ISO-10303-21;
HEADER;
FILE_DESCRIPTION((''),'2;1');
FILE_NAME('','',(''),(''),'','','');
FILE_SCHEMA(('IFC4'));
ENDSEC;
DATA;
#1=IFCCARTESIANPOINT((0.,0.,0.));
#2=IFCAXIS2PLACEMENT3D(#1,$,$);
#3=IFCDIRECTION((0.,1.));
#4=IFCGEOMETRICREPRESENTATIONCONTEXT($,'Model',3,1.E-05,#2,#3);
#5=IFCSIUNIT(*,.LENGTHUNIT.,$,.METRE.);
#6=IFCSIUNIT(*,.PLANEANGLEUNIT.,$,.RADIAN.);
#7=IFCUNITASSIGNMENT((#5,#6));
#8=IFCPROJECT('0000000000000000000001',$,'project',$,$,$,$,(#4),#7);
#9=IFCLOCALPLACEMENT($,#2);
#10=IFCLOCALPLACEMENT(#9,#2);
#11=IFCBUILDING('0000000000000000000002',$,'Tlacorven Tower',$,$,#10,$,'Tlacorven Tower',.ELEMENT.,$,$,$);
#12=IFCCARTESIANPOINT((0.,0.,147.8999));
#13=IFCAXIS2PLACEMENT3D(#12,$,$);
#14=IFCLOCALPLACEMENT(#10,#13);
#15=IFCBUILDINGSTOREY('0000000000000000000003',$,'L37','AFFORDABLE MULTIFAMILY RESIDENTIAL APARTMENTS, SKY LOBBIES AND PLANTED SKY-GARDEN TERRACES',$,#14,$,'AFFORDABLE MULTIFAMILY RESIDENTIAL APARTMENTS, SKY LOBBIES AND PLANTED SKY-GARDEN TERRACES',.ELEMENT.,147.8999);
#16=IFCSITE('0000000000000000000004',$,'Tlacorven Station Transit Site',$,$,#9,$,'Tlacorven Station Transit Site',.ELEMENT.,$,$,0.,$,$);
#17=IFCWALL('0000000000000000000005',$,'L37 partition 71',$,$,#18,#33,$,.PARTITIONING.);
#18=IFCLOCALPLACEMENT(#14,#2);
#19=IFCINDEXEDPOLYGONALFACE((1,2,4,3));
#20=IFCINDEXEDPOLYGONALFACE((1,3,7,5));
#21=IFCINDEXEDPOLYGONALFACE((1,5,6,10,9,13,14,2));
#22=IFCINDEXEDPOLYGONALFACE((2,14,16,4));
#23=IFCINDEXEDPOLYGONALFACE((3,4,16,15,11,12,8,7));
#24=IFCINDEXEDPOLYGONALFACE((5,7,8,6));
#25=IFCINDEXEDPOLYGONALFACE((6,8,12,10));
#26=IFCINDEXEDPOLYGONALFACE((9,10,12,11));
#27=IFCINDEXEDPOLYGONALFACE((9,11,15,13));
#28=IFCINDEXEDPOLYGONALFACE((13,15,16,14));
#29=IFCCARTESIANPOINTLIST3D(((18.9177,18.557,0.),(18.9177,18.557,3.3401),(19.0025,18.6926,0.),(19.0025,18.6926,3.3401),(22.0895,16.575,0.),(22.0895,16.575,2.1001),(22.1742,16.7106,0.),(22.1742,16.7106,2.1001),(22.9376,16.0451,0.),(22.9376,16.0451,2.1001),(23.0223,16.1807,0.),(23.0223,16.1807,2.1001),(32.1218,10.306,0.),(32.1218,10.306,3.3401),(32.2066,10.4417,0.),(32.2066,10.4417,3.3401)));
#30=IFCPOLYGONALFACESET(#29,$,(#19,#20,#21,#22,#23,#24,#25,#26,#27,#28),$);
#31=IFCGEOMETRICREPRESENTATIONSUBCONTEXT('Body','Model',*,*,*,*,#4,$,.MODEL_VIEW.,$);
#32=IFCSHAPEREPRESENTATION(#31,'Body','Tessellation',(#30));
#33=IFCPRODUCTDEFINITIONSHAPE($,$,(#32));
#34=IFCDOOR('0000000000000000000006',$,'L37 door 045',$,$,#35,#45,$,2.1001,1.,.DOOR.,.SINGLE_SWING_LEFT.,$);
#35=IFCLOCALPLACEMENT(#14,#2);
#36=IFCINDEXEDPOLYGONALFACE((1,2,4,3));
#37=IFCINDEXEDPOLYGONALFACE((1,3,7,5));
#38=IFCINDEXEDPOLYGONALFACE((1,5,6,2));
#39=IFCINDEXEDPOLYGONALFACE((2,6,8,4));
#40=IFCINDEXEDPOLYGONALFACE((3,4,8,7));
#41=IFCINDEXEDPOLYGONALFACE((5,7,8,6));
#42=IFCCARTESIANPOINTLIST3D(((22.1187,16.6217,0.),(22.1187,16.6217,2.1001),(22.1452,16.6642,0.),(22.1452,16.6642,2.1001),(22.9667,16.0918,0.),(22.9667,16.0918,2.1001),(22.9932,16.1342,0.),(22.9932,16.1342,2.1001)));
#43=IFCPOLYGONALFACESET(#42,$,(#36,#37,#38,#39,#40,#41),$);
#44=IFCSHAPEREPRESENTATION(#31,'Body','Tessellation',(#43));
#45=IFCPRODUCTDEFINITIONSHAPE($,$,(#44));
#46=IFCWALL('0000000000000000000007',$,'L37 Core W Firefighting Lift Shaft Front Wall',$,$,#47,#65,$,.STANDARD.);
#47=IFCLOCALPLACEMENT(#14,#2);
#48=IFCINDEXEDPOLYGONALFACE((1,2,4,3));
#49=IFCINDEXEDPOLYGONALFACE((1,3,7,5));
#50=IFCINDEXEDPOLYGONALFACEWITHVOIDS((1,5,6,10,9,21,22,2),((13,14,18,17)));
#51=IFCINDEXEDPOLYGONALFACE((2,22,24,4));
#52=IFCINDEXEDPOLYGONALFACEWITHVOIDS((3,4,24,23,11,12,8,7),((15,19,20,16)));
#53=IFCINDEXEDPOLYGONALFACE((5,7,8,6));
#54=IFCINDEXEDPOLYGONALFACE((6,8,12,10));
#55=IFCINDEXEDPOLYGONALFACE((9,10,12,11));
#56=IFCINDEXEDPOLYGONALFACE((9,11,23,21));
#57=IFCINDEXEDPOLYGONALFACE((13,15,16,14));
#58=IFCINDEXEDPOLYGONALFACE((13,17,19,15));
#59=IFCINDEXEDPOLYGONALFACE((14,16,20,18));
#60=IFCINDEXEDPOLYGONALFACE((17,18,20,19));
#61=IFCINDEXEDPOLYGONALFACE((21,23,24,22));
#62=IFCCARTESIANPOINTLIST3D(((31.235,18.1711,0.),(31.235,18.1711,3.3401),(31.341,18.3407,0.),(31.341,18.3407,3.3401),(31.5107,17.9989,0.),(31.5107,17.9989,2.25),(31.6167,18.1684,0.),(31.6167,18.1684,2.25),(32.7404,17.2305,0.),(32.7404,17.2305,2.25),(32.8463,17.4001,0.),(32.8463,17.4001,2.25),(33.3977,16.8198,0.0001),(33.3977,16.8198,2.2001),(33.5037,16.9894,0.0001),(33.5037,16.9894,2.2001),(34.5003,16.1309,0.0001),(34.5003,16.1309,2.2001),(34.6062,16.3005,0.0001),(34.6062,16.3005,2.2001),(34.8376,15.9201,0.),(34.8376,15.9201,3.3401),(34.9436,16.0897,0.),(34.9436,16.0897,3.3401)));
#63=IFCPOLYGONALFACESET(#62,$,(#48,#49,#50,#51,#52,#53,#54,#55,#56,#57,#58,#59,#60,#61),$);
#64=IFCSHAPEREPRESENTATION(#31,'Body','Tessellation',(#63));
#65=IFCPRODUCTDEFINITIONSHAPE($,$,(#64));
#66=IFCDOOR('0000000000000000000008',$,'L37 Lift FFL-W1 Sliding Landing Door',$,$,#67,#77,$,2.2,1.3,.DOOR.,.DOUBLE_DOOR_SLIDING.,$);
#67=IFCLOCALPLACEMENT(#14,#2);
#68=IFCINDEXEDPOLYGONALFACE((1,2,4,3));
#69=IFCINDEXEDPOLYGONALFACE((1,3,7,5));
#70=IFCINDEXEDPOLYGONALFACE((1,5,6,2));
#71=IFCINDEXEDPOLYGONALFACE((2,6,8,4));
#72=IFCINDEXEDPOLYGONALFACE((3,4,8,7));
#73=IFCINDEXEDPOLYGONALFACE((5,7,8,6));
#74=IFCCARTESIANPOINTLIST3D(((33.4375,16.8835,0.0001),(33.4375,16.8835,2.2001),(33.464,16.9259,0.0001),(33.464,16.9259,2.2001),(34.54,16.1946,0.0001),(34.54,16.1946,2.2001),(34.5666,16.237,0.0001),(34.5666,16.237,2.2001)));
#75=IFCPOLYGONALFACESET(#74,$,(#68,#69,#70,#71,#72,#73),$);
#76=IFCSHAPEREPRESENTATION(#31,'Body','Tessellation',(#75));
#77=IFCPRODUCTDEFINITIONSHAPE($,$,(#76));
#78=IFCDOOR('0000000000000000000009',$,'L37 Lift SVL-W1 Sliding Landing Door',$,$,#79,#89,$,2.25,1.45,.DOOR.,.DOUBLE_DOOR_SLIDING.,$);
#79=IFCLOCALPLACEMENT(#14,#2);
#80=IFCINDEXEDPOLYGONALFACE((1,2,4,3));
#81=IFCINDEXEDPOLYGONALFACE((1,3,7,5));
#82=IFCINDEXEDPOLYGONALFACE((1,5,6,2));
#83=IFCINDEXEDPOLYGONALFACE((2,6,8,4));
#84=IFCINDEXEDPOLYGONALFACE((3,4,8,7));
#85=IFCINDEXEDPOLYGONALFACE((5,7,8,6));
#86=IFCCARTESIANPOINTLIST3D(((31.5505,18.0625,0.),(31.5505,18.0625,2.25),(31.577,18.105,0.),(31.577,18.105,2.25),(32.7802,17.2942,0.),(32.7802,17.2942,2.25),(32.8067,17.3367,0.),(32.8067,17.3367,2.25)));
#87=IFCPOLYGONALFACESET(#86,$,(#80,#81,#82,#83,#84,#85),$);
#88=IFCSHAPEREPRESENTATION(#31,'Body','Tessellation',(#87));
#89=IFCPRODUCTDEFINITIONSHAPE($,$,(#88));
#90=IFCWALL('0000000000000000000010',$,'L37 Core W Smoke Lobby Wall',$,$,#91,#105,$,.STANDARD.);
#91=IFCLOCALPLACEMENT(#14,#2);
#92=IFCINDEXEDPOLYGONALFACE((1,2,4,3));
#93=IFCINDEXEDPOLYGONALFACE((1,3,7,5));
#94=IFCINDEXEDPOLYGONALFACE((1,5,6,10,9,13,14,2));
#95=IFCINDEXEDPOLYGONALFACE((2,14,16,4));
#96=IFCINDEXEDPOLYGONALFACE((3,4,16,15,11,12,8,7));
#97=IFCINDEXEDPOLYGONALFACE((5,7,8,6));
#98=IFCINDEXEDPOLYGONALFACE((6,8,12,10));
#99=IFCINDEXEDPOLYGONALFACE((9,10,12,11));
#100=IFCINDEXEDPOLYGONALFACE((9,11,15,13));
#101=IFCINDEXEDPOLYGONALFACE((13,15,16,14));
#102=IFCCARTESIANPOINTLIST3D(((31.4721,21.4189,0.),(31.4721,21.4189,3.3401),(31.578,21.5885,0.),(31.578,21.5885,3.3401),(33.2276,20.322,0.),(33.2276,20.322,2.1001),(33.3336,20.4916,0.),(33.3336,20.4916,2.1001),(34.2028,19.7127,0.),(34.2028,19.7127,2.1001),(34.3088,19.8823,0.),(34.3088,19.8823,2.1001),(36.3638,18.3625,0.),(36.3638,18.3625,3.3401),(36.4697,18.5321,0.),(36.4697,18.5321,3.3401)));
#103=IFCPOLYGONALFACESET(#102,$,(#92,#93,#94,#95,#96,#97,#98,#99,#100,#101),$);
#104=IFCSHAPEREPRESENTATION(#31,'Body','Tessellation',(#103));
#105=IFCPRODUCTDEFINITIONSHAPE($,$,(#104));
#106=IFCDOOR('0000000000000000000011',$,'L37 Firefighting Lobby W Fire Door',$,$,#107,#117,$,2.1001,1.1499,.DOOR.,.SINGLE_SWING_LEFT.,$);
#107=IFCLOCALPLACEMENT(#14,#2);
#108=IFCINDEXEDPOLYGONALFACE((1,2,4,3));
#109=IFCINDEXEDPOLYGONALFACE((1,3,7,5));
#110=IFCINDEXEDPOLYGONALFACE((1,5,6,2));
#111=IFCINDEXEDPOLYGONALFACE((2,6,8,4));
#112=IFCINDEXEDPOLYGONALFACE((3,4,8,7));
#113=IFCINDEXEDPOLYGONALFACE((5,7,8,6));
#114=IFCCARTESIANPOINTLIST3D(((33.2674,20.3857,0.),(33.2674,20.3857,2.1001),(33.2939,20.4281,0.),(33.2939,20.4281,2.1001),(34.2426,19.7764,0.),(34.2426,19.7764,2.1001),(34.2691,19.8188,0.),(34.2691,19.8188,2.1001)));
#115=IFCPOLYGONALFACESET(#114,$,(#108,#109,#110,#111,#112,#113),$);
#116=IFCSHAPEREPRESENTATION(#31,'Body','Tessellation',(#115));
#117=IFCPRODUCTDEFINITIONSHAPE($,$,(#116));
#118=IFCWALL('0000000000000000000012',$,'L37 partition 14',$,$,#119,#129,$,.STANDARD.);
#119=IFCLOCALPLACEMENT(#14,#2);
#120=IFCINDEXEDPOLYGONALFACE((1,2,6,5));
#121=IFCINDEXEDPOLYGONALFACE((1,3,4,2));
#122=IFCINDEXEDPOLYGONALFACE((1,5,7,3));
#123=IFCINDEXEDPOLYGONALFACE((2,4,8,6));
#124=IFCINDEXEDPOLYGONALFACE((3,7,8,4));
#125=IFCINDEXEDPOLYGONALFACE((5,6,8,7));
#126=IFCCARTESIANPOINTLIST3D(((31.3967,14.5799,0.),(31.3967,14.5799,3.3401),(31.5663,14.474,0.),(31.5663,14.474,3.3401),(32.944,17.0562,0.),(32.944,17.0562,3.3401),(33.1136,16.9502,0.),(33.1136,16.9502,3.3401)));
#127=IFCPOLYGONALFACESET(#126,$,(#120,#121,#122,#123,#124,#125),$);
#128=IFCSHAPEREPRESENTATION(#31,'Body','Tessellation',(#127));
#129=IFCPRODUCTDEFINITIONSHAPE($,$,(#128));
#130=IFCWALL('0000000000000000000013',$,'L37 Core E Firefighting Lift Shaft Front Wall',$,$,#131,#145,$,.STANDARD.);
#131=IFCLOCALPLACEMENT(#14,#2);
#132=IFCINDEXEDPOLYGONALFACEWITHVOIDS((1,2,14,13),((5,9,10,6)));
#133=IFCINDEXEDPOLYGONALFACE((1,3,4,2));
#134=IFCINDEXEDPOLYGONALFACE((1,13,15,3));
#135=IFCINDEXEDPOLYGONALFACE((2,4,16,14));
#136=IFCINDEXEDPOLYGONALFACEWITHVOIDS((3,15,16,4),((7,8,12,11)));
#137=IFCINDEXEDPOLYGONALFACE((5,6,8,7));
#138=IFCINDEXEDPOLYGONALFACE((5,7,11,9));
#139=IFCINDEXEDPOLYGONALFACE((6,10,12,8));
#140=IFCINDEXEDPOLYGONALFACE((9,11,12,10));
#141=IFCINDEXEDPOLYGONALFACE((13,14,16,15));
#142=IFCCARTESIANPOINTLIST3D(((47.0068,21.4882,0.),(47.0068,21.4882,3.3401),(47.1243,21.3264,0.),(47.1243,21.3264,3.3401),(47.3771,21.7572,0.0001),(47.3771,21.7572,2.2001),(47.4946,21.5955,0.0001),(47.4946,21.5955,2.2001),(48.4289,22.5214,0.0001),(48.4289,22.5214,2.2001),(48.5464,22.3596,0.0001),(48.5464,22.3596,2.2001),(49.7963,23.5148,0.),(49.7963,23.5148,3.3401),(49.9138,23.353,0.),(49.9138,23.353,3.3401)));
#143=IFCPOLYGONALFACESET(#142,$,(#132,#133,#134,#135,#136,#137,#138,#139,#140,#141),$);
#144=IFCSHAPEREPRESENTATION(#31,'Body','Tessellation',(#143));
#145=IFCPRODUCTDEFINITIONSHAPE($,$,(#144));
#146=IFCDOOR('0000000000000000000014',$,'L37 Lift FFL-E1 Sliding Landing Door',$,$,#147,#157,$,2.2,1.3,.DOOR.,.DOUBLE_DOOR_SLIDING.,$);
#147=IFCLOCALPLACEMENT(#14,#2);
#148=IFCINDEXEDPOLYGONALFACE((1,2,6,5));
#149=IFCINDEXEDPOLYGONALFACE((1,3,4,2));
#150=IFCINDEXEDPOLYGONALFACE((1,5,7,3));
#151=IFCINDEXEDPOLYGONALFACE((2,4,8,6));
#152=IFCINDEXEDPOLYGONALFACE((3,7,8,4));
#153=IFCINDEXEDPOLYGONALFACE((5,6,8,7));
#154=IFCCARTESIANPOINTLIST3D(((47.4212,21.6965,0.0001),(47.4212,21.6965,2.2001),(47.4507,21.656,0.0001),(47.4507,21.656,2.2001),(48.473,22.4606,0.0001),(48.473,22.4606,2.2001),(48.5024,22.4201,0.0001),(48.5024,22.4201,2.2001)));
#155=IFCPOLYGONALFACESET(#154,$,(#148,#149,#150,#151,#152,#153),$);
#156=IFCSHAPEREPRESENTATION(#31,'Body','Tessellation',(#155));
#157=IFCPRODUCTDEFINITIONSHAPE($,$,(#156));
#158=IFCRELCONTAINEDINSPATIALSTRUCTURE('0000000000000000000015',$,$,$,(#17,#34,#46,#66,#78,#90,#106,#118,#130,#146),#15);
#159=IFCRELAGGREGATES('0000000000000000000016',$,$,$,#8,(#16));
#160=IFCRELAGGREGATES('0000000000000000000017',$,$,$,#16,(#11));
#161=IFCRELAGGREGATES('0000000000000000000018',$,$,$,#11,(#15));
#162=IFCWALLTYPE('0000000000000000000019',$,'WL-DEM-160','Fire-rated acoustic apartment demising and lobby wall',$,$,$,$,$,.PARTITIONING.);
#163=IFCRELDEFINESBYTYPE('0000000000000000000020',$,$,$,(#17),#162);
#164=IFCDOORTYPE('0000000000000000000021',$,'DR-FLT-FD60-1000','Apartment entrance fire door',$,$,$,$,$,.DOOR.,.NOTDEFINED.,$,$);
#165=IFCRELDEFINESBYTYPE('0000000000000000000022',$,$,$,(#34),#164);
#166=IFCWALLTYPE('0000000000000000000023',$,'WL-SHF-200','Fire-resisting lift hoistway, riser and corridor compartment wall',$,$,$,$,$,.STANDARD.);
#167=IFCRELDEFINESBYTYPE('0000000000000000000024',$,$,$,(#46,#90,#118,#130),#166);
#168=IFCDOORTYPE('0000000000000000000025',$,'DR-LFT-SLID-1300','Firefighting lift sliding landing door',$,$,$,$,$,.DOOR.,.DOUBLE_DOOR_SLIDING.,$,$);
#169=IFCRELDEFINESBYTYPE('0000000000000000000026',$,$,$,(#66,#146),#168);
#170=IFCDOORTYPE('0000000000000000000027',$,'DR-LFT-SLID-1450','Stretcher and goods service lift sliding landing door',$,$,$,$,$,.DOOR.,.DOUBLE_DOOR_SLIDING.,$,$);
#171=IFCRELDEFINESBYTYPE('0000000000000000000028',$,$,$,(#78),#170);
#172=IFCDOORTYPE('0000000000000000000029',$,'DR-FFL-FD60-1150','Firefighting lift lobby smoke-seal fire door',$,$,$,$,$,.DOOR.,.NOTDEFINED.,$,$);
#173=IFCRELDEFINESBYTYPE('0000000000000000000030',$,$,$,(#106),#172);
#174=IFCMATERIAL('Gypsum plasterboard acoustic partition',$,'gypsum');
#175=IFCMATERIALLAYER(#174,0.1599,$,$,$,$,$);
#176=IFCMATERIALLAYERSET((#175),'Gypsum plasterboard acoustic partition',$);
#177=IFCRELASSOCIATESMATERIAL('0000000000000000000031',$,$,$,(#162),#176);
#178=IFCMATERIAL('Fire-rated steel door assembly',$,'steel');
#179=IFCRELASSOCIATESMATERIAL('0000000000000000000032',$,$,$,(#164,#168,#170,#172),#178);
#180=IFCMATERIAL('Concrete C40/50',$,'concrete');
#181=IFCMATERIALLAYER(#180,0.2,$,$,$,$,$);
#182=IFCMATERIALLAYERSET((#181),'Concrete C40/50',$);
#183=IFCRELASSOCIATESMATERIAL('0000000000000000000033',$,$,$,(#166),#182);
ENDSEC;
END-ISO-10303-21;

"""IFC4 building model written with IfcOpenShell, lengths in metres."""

from ifc_helpers import new_model, si_unit, direction, frame, frame_2d, origin, place, context, subcontext, project, spatial, rectangle, extrude, source, transform, mapped, material, layer, layer_set, type_object, element, fill, save


model = new_model("IFC4")

# Units and contexts
model_context = context("Model", 3, precision=1e-05, world=origin(), true_north=direction((0.0, 1.0)))
body_context = subcontext(model_context, "Body", "Model", "MODEL_VIEW")
ifc_project = project(units=[si_unit("LENGTHUNIT", "METRE"), si_unit("PLANEANGLEUNIT", "RADIAN")], contexts=[model_context])

# Site, building, storey
site_placement = place(None, origin())
site = spatial("IfcSite", under=ifc_project, at=site_placement, Name="Tlacorven Station Transit Site", LongName="Tlacorven Station Transit Site", CompositionType="ELEMENT", RefElevation=0.0)
building_placement = place(site_placement, origin())
building = spatial("IfcBuilding", under=site, at=building_placement, Name="Tlacorven Tower", LongName="Tlacorven Tower", CompositionType="ELEMENT")
storey_placement = place(building_placement, frame((0.0, 0.0, 147.8999)))
storey = spatial("IfcBuildingStorey", under=building, at=storey_placement, Name="L37", Description="AFFORDABLE MULTIFAMILY RESIDENTIAL APARTMENTS, SKY LOBBIES AND PLANTED SKY-GARDEN TERRACES", LongName="AFFORDABLE MULTIFAMILY RESIDENTIAL APARTMENTS, SKY LOBBIES AND PLANTED SKY-GARDEN TERRACES", CompositionType="ELEMENT", Elevation=147.8999)

# Wall, opening, door
ifc_material_1 = material(Name="Gypsum plasterboard acoustic partition", Category="gypsum")
ifc_layer_1 = layer(ifc_material_1, 0.1599)
ifc_layer_set_1 = layer_set([ifc_layer_1], Name="Gypsum plasterboard acoustic partition")
wall_type_1 = type_object("IfcWallType", Name="WL-DEM-160", Description="Fire-rated acoustic apartment demising and lobby wall", PredefinedType="PARTITIONING", material=ifc_layer_set_1)
wall_1_placement = place(storey_placement, frame((32.1643, 10.3738, 0.0), z_axis=(0.0, 0.0, 1.0), x_axis=(-0.848044, 0.529926, 0.0)))
wall_1 = element("IfcWall", 1, at=wall_1_placement, inside=storey, type_object=wall_type_1, Name="L37 partition 71", PredefinedType="PARTITIONING", context=body_context, shape_type="SweptSolid", body=[
    extrude(rectangle(XDim=15.5701, YDim=0.1599, at=frame_2d((7.7852, 0.0))), origin(), (0.0, 0.0, 1.0), 3.3401),
])
opening_1_placement = place(wall_1_placement, frame((10.8301, 0.0, 0.0)))
opening_1 = element("IfcOpeningElement", 2, at=opening_1_placement, cuts=wall_1, PredefinedType="OPENING", context=body_context, shape_type="SweptSolid", body=[
    extrude(rectangle(XDim=1.0, YDim=2.1001, at=frame_2d((0.5, 1.05))), frame((0.0, 0.0898, 0.0), z_axis=(0.0, -1.0, 0.0), x_axis=(1.0, 0.0, 0.0)), (0.0, 0.0, 1.0), 0.1799),
])
ifc_material_2 = material(Name="Fire-rated steel door assembly", Category="steel")
door_type_1 = type_object("IfcDoorType", Name="DR-FLT-FD60-1000", Description="Apartment entrance fire door", OperationType="NOTDEFINED", PredefinedType="DOOR", material=ifc_material_2)
shared_shape_1 = source(origin(), body_context, "Body", "SweptSolid", [
    extrude(rectangle(XDim=1.0, YDim=2.1001, at=frame_2d((0.5, 1.05))), frame((0.0, 0.0249, 0.0), z_axis=(0.0, -1.0, 0.0), x_axis=(1.0, 0.0, 0.0)), (0.0, 0.0, 1.0), 0.05),
])
door_1_placement = place(opening_1_placement, origin())
door_1 = element("IfcDoor", 3, at=door_1_placement, inside=storey, type_object=door_type_1, Name="L37 door 045", OperationType="SINGLE_SWING_LEFT", OverallHeight=2.1001, OverallWidth=1.0, PredefinedType="DOOR", context=body_context, shape_type="MappedRepresentation", body=[
    mapped(shared_shape_1, transform((0.0, 0.0, 0.0), scale=1.0)),
])
fill(opening_1, door_1)

# Wall, openings, doors
ifc_material_3 = material(Name="Concrete C40/50", Category="concrete")
ifc_layer_2 = layer(ifc_material_3, 0.2)
ifc_layer_set_2 = layer_set([ifc_layer_2], Name="Concrete C40/50")
wall_type_2 = type_object("IfcWallType", Name="WL-SHF-200", Description="Fire-resisting lift hoistway, riser and corridor compartment wall", PredefinedType="STANDARD", material=ifc_layer_set_2)
wall_2_placement = place(storey_placement, frame((34.8906, 16.0049, 0.0), z_axis=(0.0, 0.0, 1.0), x_axis=(-0.848063, 0.529896, 0.0)))
wall_2 = element("IfcWall", 4, at=wall_2_placement, inside=storey, type_object=wall_type_2, Name="L37 Core W Firefighting Lift Shaft Front Wall", PredefinedType="STANDARD", context=body_context, shape_type="SweptSolid", body=[
    extrude(rectangle(XDim=4.248, YDim=0.2, at=frame_2d((2.124, 0.0))), origin(), (0.0, 0.0, 1.0), 3.3401),
])
opening_2_placement = place(wall_2_placement, frame((0.3979, 0.0, 0.0)))
opening_2 = element("IfcOpeningElement", 5, at=opening_2_placement, cuts=wall_2, PredefinedType="OPENING", context=body_context, shape_type="SweptSolid", body=[
    extrude(rectangle(XDim=1.3, YDim=2.2, at=frame_2d((0.6499, 1.1001))), frame((0.0, 0.1099, 0.0), z_axis=(0.0, -1.0, 0.0), x_axis=(1.0, 0.0, 0.0)), (0.0, 0.0, 1.0), 0.22),
])
opening_3_placement = place(wall_2_placement, frame((2.4729, 0.0, 0.0)))
opening_3 = element("IfcOpeningElement", 6, at=opening_3_placement, cuts=wall_2, PredefinedType="OPENING", context=body_context, shape_type="SweptSolid", body=[
    extrude(rectangle(XDim=1.45, YDim=2.25, at=frame_2d((0.7251, 1.125))), frame((0.0, 0.1099, 0.0), z_axis=(0.0, -1.0, 0.0), x_axis=(1.0, 0.0, 0.0)), (0.0, 0.0, 1.0), 0.22),
])
door_type_2 = type_object("IfcDoorType", Name="DR-LFT-SLID-1300", Description="Firefighting lift sliding landing door", OperationType="DOUBLE_DOOR_SLIDING", PredefinedType="DOOR", material=ifc_material_2)
shared_shape_2 = source(origin(), body_context, "Body", "SweptSolid", [
    extrude(rectangle(XDim=1.3, YDim=2.2, at=frame_2d((0.6499, 1.1001))), frame((0.0, 0.0249, 0.0), z_axis=(0.0, -1.0, 0.0), x_axis=(1.0, 0.0, 0.0)), (0.0, 0.0, 1.0), 0.05),
])
door_2_placement = place(opening_2_placement, origin())
door_2 = element("IfcDoor", 7, at=door_2_placement, inside=storey, type_object=door_type_2, Name="L37 Lift FFL-W1 Sliding Landing Door", OperationType="DOUBLE_DOOR_SLIDING", OverallHeight=2.2, OverallWidth=1.3, PredefinedType="DOOR", context=body_context, shape_type="MappedRepresentation", body=[
    mapped(shared_shape_2, transform((0.0, 0.0, 0.0), scale=1.0)),
])
fill(opening_2, door_2)
door_type_3 = type_object("IfcDoorType", Name="DR-LFT-SLID-1450", Description="Stretcher and goods service lift sliding landing door", OperationType="DOUBLE_DOOR_SLIDING", PredefinedType="DOOR", material=ifc_material_2)
shared_shape_3 = source(origin(), body_context, "Body", "SweptSolid", [
    extrude(rectangle(XDim=1.45, YDim=2.25, at=frame_2d((0.7251, 1.125))), frame((0.0, 0.0249, 0.0), z_axis=(0.0, -1.0, 0.0), x_axis=(1.0, 0.0, 0.0)), (0.0, 0.0, 1.0), 0.05),
])
door_3_placement = place(opening_3_placement, origin())
door_3 = element("IfcDoor", 8, at=door_3_placement, inside=storey, type_object=door_type_3, Name="L37 Lift SVL-W1 Sliding Landing Door", OperationType="DOUBLE_DOOR_SLIDING", OverallHeight=2.25, OverallWidth=1.45, PredefinedType="DOOR", context=body_context, shape_type="MappedRepresentation", body=[
    mapped(shared_shape_3, transform((0.0, 0.0, 0.0), scale=1.0)),
])
fill(opening_3, door_3)

# Wall, opening, door
wall_3_placement = place(storey_placement, frame((36.4167, 18.4473, 0.0), z_axis=(0.0, 0.0, 1.0), x_axis=(-0.848065, 0.529892, 0.0)))
wall_3 = element("IfcWall", 9, at=wall_3_placement, inside=storey, type_object=wall_type_2, Name="L37 Core W Smoke Lobby Wall", PredefinedType="STANDARD", context=body_context, shape_type="SweptSolid", body=[
    extrude(rectangle(XDim=5.7681, YDim=0.2, at=frame_2d((2.884, 0.0))), origin(), (0.0, 0.0, 1.0), 3.3401),
])
opening_4_placement = place(wall_3_placement, frame((2.5481, 0.0, 0.0)))
opening_4 = element("IfcOpeningElement", 10, at=opening_4_placement, cuts=wall_3, PredefinedType="OPENING", context=body_context, shape_type="SweptSolid", body=[
    extrude(rectangle(XDim=1.1499, YDim=2.1001, at=frame_2d((0.575, 1.05))), frame((0.0, 0.1099, 0.0), z_axis=(0.0, -1.0, 0.0), x_axis=(1.0, 0.0, 0.0)), (0.0, 0.0, 1.0), 0.22),
])
door_type_4 = type_object("IfcDoorType", Name="DR-FFL-FD60-1150", Description="Firefighting lift lobby smoke-seal fire door", OperationType="NOTDEFINED", PredefinedType="DOOR", material=ifc_material_2)
shared_shape_4 = source(origin(), body_context, "Body", "SweptSolid", [
    extrude(rectangle(XDim=1.1499, YDim=2.1001, at=frame_2d((0.575, 1.05))), frame((0.0, 0.0249, 0.0), z_axis=(0.0, -1.0, 0.0), x_axis=(1.0, 0.0, 0.0)), (0.0, 0.0, 1.0), 0.05),
])
door_4_placement = place(opening_4_placement, origin())
door_4 = element("IfcDoor", 11, at=door_4_placement, inside=storey, type_object=door_type_4, Name="L37 Firefighting Lobby W Fire Door", OperationType="SINGLE_SWING_LEFT", OverallHeight=2.1001, OverallWidth=1.1499, PredefinedType="DOOR", context=body_context, shape_type="MappedRepresentation", body=[
    mapped(shared_shape_4, transform((0.0, 0.0, 0.0), scale=1.0)),
])
fill(opening_4, door_4)

# Wall
wall_4_placement = place(storey_placement, frame((33.0288, 17.0032, 0.0), z_axis=(0.0, 0.0, 1.0), x_axis=(-0.529916, -0.84805, 0.0)))
element("IfcWall", 12, at=wall_4_placement, inside=storey, type_object=wall_type_2, Name="L37 partition 14", PredefinedType="STANDARD", context=body_context, shape_type="SweptSolid", body=[
    extrude(rectangle(XDim=2.9199, YDim=0.2, at=frame_2d((1.46, 0.0))), origin(), (0.0, 0.0, 1.0), 3.3401),
])

# Wall, opening, door
wall_5_placement = place(storey_placement, frame((47.0654, 21.4072, 0.0), z_axis=(0.0, 0.0, 1.0), x_axis=(0.809033, 0.587763, 0.0)))
wall_5 = element("IfcWall", 13, at=wall_5_placement, inside=storey, type_object=wall_type_2, Name="L37 Core E Firefighting Lift Shaft Front Wall", PredefinedType="STANDARD", context=body_context, shape_type="SweptSolid", body=[
    extrude(rectangle(XDim=3.448, YDim=0.2, at=frame_2d((1.7241, 0.0))), origin(), (0.0, 0.0, 1.0), 3.3401),
])
opening_5_placement = place(wall_5_placement, frame((0.458, 0.0, 0.0)))
opening_5 = element("IfcOpeningElement", 14, at=opening_5_placement, cuts=wall_5, PredefinedType="OPENING", context=body_context, shape_type="SweptSolid", body=[
    extrude(rectangle(XDim=1.3, YDim=2.2, at=frame_2d((0.6499, 1.1001))), frame((0.0, 0.1099, 0.0), z_axis=(0.0, -1.0, 0.0), x_axis=(1.0, 0.0, 0.0)), (0.0, 0.0, 1.0), 0.22),
])
door_5_placement = place(opening_5_placement, origin())
door_5 = element("IfcDoor", 15, at=door_5_placement, inside=storey, type_object=door_type_2, Name="L37 Lift FFL-E1 Sliding Landing Door", OperationType="DOUBLE_DOOR_SLIDING", OverallHeight=2.2, OverallWidth=1.3, PredefinedType="DOOR", context=body_context, shape_type="MappedRepresentation", body=[
    mapped(shared_shape_2, transform((0.0, 0.0, 0.0), scale=1.0)),
])
fill(opening_5, door_5)

save(model, "model.ifc")
